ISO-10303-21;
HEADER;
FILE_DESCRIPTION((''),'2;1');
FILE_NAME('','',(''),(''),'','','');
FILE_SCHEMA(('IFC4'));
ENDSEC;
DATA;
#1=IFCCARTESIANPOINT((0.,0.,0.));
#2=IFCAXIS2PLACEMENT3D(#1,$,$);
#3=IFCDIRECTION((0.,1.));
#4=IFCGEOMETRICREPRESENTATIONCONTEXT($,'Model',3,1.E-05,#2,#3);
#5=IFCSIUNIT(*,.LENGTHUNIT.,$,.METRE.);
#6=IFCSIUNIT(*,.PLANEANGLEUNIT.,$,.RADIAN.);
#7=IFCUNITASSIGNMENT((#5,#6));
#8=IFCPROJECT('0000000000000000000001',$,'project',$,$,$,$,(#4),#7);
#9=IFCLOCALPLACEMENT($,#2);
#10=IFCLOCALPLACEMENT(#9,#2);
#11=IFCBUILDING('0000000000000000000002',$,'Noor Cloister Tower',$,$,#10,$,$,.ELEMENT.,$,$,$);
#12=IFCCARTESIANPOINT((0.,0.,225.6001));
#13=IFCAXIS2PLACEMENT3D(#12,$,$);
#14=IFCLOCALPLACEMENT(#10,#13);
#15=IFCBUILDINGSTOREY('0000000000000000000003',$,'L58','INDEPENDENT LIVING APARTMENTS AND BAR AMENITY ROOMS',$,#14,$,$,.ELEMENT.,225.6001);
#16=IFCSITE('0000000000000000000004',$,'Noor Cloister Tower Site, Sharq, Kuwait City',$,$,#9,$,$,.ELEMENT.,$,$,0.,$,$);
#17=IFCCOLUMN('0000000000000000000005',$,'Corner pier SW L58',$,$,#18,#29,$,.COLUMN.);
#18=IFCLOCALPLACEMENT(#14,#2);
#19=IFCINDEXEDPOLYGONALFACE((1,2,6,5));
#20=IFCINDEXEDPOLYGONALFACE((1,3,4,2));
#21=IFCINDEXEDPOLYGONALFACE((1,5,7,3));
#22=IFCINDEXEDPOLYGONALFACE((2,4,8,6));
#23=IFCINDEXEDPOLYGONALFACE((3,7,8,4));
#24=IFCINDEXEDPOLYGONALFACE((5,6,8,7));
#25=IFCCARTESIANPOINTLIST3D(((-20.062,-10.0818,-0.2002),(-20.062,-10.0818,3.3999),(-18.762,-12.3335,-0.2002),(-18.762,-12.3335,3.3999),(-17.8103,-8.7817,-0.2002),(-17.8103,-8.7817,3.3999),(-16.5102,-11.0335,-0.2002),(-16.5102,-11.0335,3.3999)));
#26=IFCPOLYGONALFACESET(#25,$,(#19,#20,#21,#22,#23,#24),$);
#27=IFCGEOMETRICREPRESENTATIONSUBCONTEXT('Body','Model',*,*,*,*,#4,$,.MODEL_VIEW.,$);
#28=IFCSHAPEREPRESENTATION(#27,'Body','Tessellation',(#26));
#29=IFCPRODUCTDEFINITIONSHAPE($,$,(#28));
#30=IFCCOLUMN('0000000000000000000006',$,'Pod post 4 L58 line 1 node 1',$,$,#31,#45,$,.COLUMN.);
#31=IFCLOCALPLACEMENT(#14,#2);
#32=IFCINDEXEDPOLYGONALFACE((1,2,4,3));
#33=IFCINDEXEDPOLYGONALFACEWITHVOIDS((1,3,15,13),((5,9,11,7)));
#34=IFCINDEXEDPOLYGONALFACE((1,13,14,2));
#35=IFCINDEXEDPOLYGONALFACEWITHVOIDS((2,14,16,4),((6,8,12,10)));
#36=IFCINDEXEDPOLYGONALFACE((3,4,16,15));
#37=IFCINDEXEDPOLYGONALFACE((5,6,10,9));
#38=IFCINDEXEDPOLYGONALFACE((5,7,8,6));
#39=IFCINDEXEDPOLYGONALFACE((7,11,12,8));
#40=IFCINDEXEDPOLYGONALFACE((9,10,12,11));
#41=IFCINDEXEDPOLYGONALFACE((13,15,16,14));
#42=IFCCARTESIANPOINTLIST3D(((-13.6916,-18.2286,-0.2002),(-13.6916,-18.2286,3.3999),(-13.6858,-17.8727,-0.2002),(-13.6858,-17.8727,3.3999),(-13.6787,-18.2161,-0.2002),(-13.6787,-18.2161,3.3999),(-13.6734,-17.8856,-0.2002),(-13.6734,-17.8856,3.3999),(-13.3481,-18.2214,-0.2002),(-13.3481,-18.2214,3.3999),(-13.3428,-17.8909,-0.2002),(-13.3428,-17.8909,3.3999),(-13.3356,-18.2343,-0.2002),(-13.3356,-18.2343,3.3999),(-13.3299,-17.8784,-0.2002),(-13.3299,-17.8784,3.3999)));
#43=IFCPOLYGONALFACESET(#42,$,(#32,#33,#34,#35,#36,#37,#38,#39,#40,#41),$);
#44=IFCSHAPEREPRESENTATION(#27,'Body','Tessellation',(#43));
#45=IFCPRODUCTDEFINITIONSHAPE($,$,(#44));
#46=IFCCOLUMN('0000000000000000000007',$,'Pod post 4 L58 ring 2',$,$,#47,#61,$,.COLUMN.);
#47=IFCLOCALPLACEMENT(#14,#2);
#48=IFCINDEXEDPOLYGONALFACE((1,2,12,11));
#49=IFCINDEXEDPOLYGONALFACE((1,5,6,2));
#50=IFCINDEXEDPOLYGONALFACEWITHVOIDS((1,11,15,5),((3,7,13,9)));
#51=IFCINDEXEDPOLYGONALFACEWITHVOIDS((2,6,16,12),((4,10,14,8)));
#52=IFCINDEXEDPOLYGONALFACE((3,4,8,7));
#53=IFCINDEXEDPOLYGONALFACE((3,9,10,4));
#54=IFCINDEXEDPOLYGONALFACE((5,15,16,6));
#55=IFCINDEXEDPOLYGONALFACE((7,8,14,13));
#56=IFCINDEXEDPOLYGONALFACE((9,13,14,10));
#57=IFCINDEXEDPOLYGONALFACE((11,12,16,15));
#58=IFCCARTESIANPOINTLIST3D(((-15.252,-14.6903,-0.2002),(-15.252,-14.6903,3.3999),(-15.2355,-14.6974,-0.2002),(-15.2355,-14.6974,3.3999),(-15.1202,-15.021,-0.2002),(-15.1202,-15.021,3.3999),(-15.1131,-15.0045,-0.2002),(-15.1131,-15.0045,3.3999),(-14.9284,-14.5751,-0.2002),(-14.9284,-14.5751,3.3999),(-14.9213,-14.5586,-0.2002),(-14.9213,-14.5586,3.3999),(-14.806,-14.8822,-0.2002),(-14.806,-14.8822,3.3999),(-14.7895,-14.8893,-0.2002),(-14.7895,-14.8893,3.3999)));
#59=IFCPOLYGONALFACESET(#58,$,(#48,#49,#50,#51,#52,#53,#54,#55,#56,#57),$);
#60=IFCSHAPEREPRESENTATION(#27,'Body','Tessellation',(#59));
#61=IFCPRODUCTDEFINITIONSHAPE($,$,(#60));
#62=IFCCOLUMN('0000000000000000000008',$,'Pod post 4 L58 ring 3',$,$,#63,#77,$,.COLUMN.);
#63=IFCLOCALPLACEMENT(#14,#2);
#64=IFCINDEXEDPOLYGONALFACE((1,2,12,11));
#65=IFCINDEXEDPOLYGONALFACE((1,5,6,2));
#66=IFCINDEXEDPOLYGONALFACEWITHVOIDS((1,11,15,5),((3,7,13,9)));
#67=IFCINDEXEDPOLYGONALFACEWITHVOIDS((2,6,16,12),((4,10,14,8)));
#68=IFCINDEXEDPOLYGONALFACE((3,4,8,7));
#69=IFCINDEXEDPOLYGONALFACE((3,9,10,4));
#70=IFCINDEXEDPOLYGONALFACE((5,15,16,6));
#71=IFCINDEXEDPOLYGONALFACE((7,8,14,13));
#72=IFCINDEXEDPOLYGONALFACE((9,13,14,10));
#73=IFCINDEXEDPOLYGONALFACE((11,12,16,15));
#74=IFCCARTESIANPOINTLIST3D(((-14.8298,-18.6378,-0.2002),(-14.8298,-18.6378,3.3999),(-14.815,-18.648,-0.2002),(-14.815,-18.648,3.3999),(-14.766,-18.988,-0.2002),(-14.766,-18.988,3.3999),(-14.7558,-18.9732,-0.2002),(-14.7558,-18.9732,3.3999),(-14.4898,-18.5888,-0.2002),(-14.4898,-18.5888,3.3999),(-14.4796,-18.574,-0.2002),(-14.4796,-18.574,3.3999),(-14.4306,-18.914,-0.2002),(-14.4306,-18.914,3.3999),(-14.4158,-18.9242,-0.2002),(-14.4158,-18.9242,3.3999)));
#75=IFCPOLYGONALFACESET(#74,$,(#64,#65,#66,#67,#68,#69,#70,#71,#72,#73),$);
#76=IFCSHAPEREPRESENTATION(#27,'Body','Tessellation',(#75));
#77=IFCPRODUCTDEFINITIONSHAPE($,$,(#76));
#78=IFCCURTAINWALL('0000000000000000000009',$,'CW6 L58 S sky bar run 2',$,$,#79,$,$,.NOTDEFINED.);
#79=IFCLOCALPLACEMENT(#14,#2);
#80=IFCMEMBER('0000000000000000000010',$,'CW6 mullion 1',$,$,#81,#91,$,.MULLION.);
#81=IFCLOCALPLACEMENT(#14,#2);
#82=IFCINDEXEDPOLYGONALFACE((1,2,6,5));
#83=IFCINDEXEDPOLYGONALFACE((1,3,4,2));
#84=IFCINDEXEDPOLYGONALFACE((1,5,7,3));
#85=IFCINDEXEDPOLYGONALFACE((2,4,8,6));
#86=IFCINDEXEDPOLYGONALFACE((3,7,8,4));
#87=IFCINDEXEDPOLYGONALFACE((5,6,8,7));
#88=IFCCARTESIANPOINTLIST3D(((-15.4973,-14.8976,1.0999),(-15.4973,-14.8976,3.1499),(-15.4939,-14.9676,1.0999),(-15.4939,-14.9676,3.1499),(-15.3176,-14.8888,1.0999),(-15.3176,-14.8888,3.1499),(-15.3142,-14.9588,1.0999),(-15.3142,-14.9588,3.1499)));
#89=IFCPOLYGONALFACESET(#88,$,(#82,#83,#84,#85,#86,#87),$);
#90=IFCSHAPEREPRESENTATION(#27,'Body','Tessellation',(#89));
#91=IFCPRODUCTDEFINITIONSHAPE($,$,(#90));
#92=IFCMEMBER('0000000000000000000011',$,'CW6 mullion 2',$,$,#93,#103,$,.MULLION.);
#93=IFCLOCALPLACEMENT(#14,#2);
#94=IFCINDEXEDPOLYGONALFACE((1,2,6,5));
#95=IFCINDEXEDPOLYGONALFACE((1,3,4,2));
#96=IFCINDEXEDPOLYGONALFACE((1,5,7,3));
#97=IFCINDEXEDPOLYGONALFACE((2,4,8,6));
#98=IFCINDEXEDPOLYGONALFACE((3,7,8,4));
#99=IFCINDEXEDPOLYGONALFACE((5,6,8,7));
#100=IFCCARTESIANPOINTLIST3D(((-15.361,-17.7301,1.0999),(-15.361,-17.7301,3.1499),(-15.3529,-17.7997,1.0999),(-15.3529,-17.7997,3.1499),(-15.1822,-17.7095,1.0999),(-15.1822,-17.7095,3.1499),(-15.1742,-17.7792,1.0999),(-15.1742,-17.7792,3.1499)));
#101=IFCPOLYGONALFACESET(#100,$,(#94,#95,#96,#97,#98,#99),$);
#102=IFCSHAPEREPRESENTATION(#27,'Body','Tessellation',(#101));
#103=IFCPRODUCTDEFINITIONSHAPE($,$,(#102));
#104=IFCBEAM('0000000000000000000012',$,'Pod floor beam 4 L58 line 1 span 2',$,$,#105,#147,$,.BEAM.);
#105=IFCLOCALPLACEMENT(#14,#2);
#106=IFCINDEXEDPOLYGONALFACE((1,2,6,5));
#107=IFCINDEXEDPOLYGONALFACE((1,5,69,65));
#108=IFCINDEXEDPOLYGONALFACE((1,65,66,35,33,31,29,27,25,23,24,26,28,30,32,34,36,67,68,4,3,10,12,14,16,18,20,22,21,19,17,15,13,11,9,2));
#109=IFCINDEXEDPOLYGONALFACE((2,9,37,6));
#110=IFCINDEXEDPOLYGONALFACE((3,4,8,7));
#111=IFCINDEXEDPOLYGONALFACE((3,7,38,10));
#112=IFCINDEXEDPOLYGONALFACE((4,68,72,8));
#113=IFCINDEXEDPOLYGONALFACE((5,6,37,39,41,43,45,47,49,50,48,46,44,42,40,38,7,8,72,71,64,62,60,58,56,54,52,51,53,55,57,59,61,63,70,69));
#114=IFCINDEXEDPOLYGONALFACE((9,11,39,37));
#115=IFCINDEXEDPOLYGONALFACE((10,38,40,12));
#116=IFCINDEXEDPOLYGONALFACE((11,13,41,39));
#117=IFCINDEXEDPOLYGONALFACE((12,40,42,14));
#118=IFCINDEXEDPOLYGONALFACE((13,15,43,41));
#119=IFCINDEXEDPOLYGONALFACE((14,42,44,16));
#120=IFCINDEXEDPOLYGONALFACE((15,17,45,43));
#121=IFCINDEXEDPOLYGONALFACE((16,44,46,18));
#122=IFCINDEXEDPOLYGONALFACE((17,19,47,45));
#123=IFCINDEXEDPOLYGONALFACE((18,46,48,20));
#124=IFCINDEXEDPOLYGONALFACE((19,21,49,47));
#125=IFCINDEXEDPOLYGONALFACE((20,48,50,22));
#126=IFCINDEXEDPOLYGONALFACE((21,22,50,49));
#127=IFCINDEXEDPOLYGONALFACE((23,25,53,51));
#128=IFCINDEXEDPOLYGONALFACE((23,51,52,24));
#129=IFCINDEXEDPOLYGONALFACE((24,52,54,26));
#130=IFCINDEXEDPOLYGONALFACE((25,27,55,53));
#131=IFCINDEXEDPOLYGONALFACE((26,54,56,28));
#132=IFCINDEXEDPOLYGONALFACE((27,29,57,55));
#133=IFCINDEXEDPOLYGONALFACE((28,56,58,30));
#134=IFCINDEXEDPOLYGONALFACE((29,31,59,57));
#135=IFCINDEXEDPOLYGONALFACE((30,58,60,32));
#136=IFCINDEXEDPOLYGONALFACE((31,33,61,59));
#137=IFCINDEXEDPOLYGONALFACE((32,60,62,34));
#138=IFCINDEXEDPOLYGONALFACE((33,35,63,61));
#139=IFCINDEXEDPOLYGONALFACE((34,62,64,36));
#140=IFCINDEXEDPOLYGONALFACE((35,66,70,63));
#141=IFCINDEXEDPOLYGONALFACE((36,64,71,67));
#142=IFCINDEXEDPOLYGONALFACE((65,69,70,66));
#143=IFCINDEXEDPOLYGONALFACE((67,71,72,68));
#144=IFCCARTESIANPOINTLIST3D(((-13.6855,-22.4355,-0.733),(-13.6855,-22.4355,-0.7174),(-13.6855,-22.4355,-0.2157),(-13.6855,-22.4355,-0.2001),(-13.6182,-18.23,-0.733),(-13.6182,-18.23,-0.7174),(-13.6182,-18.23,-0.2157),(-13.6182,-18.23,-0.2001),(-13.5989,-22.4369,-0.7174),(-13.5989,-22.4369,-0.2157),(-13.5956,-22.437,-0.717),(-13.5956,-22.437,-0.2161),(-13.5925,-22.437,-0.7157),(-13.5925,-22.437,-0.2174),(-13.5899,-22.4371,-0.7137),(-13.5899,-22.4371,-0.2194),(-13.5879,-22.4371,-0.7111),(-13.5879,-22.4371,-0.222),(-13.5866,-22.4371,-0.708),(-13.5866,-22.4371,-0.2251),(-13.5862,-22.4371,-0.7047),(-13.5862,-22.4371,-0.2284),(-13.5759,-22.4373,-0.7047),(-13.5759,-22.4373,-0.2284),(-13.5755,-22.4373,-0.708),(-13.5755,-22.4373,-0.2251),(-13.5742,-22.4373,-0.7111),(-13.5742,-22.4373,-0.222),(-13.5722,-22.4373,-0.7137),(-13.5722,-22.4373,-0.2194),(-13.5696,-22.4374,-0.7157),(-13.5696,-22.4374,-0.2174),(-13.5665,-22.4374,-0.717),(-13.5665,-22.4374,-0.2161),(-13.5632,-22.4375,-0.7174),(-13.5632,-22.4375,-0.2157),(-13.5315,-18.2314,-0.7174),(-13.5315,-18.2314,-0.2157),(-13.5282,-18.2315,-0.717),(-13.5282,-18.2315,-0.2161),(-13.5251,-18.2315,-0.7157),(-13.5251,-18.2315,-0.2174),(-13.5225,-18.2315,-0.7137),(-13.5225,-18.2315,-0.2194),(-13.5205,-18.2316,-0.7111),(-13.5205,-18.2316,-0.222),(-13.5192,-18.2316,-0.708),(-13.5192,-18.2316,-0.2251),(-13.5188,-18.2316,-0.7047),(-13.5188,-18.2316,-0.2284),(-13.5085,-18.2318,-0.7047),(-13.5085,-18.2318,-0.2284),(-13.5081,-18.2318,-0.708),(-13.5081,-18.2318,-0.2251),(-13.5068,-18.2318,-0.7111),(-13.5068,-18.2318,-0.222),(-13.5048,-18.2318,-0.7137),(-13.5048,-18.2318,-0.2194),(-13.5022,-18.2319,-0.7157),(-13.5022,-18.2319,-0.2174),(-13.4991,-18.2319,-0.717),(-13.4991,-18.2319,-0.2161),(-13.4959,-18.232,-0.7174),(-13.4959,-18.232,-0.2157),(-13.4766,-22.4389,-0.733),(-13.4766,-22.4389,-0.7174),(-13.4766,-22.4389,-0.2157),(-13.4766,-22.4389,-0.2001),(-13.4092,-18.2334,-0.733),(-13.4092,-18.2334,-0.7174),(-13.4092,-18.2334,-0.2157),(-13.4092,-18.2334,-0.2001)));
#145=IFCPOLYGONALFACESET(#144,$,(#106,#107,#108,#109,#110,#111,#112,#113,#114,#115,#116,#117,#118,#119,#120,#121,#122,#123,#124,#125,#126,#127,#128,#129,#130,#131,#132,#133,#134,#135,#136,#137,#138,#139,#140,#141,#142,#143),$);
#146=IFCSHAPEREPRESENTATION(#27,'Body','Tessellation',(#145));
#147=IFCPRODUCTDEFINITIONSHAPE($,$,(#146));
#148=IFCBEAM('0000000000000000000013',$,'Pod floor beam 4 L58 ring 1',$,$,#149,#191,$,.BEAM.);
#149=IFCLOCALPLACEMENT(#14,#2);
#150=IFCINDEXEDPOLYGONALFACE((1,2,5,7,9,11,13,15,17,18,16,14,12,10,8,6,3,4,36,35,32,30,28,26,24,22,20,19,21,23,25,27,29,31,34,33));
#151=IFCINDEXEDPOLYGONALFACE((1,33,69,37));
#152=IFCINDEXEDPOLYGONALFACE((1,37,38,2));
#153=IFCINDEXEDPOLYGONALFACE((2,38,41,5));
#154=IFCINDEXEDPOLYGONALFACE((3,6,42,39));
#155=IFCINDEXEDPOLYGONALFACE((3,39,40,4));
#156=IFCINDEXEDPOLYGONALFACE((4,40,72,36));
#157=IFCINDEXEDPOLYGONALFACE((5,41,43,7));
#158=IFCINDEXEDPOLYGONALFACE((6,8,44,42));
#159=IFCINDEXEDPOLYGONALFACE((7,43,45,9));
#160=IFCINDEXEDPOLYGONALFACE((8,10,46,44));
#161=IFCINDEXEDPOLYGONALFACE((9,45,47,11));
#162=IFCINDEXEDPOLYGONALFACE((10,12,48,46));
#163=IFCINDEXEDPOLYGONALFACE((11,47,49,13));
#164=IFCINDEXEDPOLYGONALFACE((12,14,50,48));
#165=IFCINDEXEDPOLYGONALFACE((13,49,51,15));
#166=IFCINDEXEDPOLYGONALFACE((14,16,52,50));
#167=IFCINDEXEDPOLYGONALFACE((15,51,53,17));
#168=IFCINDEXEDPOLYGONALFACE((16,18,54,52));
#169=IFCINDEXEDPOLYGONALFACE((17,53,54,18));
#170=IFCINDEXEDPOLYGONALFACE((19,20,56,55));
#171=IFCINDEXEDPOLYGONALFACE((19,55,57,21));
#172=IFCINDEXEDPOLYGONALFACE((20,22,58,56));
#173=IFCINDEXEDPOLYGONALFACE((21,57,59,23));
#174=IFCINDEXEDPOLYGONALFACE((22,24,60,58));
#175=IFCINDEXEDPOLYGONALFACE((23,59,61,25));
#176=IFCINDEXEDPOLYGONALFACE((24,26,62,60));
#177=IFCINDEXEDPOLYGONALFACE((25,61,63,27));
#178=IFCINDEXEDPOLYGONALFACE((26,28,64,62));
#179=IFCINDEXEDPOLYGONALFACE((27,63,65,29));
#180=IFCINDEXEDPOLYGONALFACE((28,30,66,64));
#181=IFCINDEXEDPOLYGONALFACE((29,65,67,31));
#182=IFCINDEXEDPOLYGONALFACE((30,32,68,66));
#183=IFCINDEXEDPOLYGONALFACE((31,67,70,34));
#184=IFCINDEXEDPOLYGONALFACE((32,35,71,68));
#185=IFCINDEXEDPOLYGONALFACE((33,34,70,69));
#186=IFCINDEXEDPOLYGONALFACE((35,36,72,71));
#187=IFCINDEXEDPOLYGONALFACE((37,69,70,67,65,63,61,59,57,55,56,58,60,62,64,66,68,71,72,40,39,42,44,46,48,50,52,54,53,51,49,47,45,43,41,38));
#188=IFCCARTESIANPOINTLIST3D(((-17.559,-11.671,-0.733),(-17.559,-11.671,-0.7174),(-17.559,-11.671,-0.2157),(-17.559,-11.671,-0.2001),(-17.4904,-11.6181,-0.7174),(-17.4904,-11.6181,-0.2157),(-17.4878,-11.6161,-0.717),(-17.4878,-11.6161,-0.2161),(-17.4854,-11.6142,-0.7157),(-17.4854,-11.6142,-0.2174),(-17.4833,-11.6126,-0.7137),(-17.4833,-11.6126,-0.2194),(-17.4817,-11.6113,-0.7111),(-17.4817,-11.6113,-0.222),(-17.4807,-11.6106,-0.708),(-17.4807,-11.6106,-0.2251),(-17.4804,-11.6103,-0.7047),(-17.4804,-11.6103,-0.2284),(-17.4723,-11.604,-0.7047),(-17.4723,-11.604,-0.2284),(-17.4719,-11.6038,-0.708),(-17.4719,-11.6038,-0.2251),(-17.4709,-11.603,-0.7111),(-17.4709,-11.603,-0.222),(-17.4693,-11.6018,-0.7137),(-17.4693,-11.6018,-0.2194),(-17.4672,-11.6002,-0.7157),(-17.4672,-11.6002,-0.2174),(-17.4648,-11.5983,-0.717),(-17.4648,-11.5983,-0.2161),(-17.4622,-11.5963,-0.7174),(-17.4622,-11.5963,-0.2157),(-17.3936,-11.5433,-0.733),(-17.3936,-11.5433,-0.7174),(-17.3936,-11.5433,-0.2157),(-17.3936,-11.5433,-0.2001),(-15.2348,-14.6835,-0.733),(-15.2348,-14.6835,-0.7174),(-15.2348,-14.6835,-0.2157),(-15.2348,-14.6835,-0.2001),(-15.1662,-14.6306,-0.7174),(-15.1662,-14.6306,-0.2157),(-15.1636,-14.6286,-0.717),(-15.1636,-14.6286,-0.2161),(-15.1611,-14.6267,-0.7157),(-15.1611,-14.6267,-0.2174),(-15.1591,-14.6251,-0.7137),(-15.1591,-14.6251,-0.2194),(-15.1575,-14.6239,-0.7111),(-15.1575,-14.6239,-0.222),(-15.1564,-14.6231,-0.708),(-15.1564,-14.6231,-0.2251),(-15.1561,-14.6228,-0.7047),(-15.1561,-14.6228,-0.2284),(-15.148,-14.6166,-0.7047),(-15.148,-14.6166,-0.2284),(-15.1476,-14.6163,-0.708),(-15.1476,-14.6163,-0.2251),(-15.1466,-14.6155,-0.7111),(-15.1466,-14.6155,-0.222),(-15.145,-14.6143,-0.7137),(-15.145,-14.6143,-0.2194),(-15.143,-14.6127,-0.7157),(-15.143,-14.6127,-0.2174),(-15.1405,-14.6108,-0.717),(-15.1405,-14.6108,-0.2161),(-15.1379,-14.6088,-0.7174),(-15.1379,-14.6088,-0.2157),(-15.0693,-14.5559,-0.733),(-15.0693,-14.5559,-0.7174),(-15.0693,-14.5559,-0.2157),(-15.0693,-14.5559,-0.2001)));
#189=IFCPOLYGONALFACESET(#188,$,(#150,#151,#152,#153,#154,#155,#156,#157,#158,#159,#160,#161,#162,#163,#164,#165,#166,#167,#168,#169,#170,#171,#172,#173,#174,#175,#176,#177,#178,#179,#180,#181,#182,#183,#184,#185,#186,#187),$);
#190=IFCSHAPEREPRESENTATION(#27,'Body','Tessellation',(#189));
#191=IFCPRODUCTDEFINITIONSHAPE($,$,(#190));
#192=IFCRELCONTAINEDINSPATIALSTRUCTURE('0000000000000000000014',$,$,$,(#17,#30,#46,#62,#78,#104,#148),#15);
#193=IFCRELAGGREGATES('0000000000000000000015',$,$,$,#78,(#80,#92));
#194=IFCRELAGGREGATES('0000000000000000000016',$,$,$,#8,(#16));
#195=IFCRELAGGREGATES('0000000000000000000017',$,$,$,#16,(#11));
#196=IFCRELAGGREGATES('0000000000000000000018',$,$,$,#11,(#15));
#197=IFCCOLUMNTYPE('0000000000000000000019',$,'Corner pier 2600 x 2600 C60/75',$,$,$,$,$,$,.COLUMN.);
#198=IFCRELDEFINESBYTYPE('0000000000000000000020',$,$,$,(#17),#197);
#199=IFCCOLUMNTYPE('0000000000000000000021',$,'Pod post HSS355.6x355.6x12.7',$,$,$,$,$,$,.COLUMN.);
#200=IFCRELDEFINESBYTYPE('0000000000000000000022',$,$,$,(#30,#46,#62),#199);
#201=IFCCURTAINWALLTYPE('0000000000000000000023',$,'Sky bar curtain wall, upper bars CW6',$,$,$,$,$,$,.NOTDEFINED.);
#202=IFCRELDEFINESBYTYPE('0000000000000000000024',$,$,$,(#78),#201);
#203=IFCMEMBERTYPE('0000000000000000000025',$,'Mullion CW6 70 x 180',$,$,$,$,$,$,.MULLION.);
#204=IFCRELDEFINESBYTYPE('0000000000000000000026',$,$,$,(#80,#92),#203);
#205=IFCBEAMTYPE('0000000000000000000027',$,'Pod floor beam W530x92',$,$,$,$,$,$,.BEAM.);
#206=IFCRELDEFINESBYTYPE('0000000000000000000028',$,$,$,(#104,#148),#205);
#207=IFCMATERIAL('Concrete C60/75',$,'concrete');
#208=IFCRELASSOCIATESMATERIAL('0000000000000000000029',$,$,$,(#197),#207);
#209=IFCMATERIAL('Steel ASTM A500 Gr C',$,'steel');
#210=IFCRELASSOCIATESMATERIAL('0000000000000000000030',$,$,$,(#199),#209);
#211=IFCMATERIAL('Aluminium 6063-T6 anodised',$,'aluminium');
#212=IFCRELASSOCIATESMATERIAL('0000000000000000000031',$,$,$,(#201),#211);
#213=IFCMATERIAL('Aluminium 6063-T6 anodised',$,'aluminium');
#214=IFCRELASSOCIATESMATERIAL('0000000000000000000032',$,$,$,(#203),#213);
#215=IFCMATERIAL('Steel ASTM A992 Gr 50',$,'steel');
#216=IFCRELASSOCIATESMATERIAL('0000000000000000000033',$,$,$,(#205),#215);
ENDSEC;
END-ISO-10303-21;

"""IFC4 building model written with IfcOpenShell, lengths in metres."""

from ifc_helpers import new_model, si_unit, direction, frame, origin, origin_2d, place, context, subcontext, project, spatial, rectangle, hollow_rectangle, i_section, extrude, material, material_profile, profile_set, type_object, element, aggregate, save


model = new_model("IFC4")

# Units and contexts
model_context = context("Model", 3, precision=1e-05, world=origin(), true_north=direction((0.0, 1.0)))
body_context = subcontext(model_context, "Body", "Model", "MODEL_VIEW")
ifc_project = project(units=[si_unit("LENGTHUNIT", "METRE"), si_unit("PLANEANGLEUNIT", "RADIAN")], contexts=[model_context])

# Site, building, storey
site_placement = place(None, origin())
site = spatial("IfcSite", under=ifc_project, at=site_placement, Name="Noor Cloister Tower Site, Sharq, Kuwait City", CompositionType="ELEMENT", RefElevation=0.0)
building_placement = place(site_placement, origin())
building = spatial("IfcBuilding", under=site, at=building_placement, Name="Noor Cloister Tower", CompositionType="ELEMENT")
storey_placement = place(building_placement, frame((0.0, 0.0, 225.6001)))
storey = spatial("IfcBuildingStorey", under=building, at=storey_placement, Name="L58", Description="INDEPENDENT LIVING APARTMENTS AND BAR AMENITY ROOMS", CompositionType="ELEMENT", Elevation=225.6001)

# Columns
ifc_material_1 = material(Name="Concrete C60/75", Category="concrete")
ifc_material_profile_1 = material_profile(ifc_material_1, rectangle(XDim=2.6001, YDim=2.6001, at=origin_2d()), Name="RC 2600x2600")
ifc_profile_set_1 = profile_set([ifc_material_profile_1], Name="Concrete C60/75")
column_type_1 = type_object("IfcColumnType", Name="Corner pier 2600 x 2600 C60/75", PredefinedType="COLUMN", material=ifc_profile_set_1)
column_placement = place(storey_placement, frame((-18.2861, -10.5576, -0.2002), z_axis=(0.0, 0.0, 1.0), x_axis=(-0.866025, -0.5, 0.0)))
element("IfcColumn", 1, at=column_placement, inside=storey, type_object=column_type_1, Name="Corner pier SW L58", PredefinedType="COLUMN", context=body_context, shape_type="SweptSolid", body=[
    extrude(rectangle(XDim=2.6001, YDim=2.6001, at=origin_2d()), origin(), (0.0, 0.0, 1.0), 3.6001),
])
ifc_material_2 = material(Name="Steel ASTM A500 Gr C", Category="steel")
ifc_material_profile_2 = material_profile(ifc_material_2, hollow_rectangle(XDim=0.356, YDim=0.356, WallThickness=0.0127, at=origin_2d()), Name="HSS355.6x355.6x12.7")
ifc_profile_set_2 = profile_set([ifc_material_profile_2], Name="Steel ASTM A500 Gr C")
column_type_2 = type_object("IfcColumnType", Name="Pod post HSS355.6x355.6x12.7", PredefinedType="COLUMN", material=ifc_profile_set_2)
for number, where, z_axis, x_axis, name in (
    (2, (-13.5107, -18.0535, -0.2002), (0.0, 0.0, 1.0), (-0.016039, -0.999871, 0.0), "Pod post 4 L58 line 1 node 1"),
    (3, (-15.0208, -14.7898, -0.2002), (0.0, 0.0, 1.0), (0.370053, -0.929011, 0.0), "Pod post 4 L58 ring 2"),
    (4, (-14.6228, -18.781, -0.2002), (0.0, 0.0, 1.0), (0.179302, -0.983794, 0.0), "Pod post 4 L58 ring 3"),
):
    element("IfcColumn", number, at=place(storey_placement, frame(where, z_axis=z_axis, x_axis=x_axis)), inside=storey, type_object=column_type_2, Name=name, PredefinedType="COLUMN", context=body_context, shape_type="SweptSolid", body=[
        extrude(hollow_rectangle(XDim=0.356, YDim=0.356, WallThickness=0.0127, at=origin_2d()), origin(), (0.0, 0.0, 1.0), 3.6001),
    ])

# Curtain wall, members
ifc_material_3 = material(Name="Aluminium 6063-T6 anodised", Category="aluminium")
curtain_wall_type = type_object("IfcCurtainWallType", Name="Sky bar curtain wall, upper bars CW6", PredefinedType="NOTDEFINED", material=ifc_material_3)
curtain_wall_placement = place(storey_placement, origin())
curtain_wall = element("IfcCurtainWall", 5, at=curtain_wall_placement, inside=storey, type_object=curtain_wall_type, Name="CW6 L58 S sky bar run 2", PredefinedType="NOTDEFINED")
ifc_material_4 = material(Name="Aluminium 6063-T6 anodised", Category="aluminium")
ifc_material_profile_3 = material_profile(ifc_material_4, rectangle(XDim=0.1799, YDim=0.0701, at=origin_2d()), Name="180 x 70 mullion")
ifc_profile_set_3 = profile_set([ifc_material_profile_3], Name="Aluminium 6063-T6 anodised")
member_type = type_object("IfcMemberType", Name="Mullion CW6 70 x 180", PredefinedType="MULLION", material=ifc_profile_set_3)
member_1_placement = place(storey_placement, frame((-15.4058, -14.9282, 1.0999), z_axis=(0.0, 0.0, 1.0), x_axis=(0.998807, 0.048823, 0.0)))
member_1 = element("IfcMember", 6, at=member_1_placement, type_object=member_type, Name="CW6 mullion 1", PredefinedType="MULLION", context=body_context, shape_type="SweptSolid", body=[
    extrude(rectangle(XDim=0.1799, YDim=0.0701, at=origin_2d()), origin(), (0.0, 0.0, 1.0), 2.05),
])
member_2_placement = place(storey_placement, frame((-15.2676, -17.7546, 1.0999), z_axis=(0.0, 0.0, 1.0), x_axis=(0.993439, 0.114364, 0.0)))
member_2 = element("IfcMember", 7, at=member_2_placement, type_object=member_type, Name="CW6 mullion 2", PredefinedType="MULLION", context=body_context, shape_type="SweptSolid", body=[
    extrude(rectangle(XDim=0.1799, YDim=0.0701, at=origin_2d()), origin(), (0.0, 0.0, 1.0), 2.05),
])

# Beams
ifc_material_5 = material(Name="Steel ASTM A992 Gr 50", Category="steel")
ifc_material_profile_4 = material_profile(ifc_material_5, i_section(OverallWidth=0.209, OverallDepth=0.533, WebThickness=0.0103, FlangeThickness=0.0156, FilletRadius=0.0127, at=origin_2d()), Name="W530x92")
ifc_profile_set_4 = profile_set([ifc_material_profile_4], Name="Steel ASTM A992 Gr 50")
beam_type_1 = type_object("IfcBeamType", Name="Pod floor beam W530x92", PredefinedType="BEAM", material=ifc_profile_set_4)
beam_1_placement = place(storey_placement, frame((-13.5137, -18.2317, -0.4666), z_axis=(-0.01602, -0.999872, 0.0), x_axis=(0.999872, -0.01602, 0.0)))
element("IfcBeam", 8, at=beam_1_placement, inside=storey, type_object=beam_type_1, Name="Pod floor beam 4 L58 line 1 span 2", PredefinedType="BEAM", context=body_context, shape_type="SweptSolid", body=[
    extrude(i_section(OverallWidth=0.209, OverallDepth=0.533, WebThickness=0.0103, FlangeThickness=0.0156, FilletRadius=0.0127, at=origin_2d()), origin(), (0.0, 0.0, 1.0), 4.2061),
])
beam_2_placement = place(storey_placement, frame((-17.4763, -11.6072, -0.4666), z_axis=(0.610857, -0.791741, 0.0), x_axis=(0.791741, 0.610857, 0.0)))
element("IfcBeam", 9, at=beam_2_placement, inside=storey, type_object=beam_type_1, Name="Pod floor beam 4 L58 ring 1", PredefinedType="BEAM", context=body_context, shape_type="SweptSolid", body=[
    extrude(i_section(OverallWidth=0.209, OverallDepth=0.533, WebThickness=0.0103, FlangeThickness=0.0156, FilletRadius=0.0127, at=origin_2d()), origin(), (0.0, 0.0, 1.0), 3.8049),
])

aggregate(curtain_wall, [member_1, member_2])

save(model, "model.ifc")
